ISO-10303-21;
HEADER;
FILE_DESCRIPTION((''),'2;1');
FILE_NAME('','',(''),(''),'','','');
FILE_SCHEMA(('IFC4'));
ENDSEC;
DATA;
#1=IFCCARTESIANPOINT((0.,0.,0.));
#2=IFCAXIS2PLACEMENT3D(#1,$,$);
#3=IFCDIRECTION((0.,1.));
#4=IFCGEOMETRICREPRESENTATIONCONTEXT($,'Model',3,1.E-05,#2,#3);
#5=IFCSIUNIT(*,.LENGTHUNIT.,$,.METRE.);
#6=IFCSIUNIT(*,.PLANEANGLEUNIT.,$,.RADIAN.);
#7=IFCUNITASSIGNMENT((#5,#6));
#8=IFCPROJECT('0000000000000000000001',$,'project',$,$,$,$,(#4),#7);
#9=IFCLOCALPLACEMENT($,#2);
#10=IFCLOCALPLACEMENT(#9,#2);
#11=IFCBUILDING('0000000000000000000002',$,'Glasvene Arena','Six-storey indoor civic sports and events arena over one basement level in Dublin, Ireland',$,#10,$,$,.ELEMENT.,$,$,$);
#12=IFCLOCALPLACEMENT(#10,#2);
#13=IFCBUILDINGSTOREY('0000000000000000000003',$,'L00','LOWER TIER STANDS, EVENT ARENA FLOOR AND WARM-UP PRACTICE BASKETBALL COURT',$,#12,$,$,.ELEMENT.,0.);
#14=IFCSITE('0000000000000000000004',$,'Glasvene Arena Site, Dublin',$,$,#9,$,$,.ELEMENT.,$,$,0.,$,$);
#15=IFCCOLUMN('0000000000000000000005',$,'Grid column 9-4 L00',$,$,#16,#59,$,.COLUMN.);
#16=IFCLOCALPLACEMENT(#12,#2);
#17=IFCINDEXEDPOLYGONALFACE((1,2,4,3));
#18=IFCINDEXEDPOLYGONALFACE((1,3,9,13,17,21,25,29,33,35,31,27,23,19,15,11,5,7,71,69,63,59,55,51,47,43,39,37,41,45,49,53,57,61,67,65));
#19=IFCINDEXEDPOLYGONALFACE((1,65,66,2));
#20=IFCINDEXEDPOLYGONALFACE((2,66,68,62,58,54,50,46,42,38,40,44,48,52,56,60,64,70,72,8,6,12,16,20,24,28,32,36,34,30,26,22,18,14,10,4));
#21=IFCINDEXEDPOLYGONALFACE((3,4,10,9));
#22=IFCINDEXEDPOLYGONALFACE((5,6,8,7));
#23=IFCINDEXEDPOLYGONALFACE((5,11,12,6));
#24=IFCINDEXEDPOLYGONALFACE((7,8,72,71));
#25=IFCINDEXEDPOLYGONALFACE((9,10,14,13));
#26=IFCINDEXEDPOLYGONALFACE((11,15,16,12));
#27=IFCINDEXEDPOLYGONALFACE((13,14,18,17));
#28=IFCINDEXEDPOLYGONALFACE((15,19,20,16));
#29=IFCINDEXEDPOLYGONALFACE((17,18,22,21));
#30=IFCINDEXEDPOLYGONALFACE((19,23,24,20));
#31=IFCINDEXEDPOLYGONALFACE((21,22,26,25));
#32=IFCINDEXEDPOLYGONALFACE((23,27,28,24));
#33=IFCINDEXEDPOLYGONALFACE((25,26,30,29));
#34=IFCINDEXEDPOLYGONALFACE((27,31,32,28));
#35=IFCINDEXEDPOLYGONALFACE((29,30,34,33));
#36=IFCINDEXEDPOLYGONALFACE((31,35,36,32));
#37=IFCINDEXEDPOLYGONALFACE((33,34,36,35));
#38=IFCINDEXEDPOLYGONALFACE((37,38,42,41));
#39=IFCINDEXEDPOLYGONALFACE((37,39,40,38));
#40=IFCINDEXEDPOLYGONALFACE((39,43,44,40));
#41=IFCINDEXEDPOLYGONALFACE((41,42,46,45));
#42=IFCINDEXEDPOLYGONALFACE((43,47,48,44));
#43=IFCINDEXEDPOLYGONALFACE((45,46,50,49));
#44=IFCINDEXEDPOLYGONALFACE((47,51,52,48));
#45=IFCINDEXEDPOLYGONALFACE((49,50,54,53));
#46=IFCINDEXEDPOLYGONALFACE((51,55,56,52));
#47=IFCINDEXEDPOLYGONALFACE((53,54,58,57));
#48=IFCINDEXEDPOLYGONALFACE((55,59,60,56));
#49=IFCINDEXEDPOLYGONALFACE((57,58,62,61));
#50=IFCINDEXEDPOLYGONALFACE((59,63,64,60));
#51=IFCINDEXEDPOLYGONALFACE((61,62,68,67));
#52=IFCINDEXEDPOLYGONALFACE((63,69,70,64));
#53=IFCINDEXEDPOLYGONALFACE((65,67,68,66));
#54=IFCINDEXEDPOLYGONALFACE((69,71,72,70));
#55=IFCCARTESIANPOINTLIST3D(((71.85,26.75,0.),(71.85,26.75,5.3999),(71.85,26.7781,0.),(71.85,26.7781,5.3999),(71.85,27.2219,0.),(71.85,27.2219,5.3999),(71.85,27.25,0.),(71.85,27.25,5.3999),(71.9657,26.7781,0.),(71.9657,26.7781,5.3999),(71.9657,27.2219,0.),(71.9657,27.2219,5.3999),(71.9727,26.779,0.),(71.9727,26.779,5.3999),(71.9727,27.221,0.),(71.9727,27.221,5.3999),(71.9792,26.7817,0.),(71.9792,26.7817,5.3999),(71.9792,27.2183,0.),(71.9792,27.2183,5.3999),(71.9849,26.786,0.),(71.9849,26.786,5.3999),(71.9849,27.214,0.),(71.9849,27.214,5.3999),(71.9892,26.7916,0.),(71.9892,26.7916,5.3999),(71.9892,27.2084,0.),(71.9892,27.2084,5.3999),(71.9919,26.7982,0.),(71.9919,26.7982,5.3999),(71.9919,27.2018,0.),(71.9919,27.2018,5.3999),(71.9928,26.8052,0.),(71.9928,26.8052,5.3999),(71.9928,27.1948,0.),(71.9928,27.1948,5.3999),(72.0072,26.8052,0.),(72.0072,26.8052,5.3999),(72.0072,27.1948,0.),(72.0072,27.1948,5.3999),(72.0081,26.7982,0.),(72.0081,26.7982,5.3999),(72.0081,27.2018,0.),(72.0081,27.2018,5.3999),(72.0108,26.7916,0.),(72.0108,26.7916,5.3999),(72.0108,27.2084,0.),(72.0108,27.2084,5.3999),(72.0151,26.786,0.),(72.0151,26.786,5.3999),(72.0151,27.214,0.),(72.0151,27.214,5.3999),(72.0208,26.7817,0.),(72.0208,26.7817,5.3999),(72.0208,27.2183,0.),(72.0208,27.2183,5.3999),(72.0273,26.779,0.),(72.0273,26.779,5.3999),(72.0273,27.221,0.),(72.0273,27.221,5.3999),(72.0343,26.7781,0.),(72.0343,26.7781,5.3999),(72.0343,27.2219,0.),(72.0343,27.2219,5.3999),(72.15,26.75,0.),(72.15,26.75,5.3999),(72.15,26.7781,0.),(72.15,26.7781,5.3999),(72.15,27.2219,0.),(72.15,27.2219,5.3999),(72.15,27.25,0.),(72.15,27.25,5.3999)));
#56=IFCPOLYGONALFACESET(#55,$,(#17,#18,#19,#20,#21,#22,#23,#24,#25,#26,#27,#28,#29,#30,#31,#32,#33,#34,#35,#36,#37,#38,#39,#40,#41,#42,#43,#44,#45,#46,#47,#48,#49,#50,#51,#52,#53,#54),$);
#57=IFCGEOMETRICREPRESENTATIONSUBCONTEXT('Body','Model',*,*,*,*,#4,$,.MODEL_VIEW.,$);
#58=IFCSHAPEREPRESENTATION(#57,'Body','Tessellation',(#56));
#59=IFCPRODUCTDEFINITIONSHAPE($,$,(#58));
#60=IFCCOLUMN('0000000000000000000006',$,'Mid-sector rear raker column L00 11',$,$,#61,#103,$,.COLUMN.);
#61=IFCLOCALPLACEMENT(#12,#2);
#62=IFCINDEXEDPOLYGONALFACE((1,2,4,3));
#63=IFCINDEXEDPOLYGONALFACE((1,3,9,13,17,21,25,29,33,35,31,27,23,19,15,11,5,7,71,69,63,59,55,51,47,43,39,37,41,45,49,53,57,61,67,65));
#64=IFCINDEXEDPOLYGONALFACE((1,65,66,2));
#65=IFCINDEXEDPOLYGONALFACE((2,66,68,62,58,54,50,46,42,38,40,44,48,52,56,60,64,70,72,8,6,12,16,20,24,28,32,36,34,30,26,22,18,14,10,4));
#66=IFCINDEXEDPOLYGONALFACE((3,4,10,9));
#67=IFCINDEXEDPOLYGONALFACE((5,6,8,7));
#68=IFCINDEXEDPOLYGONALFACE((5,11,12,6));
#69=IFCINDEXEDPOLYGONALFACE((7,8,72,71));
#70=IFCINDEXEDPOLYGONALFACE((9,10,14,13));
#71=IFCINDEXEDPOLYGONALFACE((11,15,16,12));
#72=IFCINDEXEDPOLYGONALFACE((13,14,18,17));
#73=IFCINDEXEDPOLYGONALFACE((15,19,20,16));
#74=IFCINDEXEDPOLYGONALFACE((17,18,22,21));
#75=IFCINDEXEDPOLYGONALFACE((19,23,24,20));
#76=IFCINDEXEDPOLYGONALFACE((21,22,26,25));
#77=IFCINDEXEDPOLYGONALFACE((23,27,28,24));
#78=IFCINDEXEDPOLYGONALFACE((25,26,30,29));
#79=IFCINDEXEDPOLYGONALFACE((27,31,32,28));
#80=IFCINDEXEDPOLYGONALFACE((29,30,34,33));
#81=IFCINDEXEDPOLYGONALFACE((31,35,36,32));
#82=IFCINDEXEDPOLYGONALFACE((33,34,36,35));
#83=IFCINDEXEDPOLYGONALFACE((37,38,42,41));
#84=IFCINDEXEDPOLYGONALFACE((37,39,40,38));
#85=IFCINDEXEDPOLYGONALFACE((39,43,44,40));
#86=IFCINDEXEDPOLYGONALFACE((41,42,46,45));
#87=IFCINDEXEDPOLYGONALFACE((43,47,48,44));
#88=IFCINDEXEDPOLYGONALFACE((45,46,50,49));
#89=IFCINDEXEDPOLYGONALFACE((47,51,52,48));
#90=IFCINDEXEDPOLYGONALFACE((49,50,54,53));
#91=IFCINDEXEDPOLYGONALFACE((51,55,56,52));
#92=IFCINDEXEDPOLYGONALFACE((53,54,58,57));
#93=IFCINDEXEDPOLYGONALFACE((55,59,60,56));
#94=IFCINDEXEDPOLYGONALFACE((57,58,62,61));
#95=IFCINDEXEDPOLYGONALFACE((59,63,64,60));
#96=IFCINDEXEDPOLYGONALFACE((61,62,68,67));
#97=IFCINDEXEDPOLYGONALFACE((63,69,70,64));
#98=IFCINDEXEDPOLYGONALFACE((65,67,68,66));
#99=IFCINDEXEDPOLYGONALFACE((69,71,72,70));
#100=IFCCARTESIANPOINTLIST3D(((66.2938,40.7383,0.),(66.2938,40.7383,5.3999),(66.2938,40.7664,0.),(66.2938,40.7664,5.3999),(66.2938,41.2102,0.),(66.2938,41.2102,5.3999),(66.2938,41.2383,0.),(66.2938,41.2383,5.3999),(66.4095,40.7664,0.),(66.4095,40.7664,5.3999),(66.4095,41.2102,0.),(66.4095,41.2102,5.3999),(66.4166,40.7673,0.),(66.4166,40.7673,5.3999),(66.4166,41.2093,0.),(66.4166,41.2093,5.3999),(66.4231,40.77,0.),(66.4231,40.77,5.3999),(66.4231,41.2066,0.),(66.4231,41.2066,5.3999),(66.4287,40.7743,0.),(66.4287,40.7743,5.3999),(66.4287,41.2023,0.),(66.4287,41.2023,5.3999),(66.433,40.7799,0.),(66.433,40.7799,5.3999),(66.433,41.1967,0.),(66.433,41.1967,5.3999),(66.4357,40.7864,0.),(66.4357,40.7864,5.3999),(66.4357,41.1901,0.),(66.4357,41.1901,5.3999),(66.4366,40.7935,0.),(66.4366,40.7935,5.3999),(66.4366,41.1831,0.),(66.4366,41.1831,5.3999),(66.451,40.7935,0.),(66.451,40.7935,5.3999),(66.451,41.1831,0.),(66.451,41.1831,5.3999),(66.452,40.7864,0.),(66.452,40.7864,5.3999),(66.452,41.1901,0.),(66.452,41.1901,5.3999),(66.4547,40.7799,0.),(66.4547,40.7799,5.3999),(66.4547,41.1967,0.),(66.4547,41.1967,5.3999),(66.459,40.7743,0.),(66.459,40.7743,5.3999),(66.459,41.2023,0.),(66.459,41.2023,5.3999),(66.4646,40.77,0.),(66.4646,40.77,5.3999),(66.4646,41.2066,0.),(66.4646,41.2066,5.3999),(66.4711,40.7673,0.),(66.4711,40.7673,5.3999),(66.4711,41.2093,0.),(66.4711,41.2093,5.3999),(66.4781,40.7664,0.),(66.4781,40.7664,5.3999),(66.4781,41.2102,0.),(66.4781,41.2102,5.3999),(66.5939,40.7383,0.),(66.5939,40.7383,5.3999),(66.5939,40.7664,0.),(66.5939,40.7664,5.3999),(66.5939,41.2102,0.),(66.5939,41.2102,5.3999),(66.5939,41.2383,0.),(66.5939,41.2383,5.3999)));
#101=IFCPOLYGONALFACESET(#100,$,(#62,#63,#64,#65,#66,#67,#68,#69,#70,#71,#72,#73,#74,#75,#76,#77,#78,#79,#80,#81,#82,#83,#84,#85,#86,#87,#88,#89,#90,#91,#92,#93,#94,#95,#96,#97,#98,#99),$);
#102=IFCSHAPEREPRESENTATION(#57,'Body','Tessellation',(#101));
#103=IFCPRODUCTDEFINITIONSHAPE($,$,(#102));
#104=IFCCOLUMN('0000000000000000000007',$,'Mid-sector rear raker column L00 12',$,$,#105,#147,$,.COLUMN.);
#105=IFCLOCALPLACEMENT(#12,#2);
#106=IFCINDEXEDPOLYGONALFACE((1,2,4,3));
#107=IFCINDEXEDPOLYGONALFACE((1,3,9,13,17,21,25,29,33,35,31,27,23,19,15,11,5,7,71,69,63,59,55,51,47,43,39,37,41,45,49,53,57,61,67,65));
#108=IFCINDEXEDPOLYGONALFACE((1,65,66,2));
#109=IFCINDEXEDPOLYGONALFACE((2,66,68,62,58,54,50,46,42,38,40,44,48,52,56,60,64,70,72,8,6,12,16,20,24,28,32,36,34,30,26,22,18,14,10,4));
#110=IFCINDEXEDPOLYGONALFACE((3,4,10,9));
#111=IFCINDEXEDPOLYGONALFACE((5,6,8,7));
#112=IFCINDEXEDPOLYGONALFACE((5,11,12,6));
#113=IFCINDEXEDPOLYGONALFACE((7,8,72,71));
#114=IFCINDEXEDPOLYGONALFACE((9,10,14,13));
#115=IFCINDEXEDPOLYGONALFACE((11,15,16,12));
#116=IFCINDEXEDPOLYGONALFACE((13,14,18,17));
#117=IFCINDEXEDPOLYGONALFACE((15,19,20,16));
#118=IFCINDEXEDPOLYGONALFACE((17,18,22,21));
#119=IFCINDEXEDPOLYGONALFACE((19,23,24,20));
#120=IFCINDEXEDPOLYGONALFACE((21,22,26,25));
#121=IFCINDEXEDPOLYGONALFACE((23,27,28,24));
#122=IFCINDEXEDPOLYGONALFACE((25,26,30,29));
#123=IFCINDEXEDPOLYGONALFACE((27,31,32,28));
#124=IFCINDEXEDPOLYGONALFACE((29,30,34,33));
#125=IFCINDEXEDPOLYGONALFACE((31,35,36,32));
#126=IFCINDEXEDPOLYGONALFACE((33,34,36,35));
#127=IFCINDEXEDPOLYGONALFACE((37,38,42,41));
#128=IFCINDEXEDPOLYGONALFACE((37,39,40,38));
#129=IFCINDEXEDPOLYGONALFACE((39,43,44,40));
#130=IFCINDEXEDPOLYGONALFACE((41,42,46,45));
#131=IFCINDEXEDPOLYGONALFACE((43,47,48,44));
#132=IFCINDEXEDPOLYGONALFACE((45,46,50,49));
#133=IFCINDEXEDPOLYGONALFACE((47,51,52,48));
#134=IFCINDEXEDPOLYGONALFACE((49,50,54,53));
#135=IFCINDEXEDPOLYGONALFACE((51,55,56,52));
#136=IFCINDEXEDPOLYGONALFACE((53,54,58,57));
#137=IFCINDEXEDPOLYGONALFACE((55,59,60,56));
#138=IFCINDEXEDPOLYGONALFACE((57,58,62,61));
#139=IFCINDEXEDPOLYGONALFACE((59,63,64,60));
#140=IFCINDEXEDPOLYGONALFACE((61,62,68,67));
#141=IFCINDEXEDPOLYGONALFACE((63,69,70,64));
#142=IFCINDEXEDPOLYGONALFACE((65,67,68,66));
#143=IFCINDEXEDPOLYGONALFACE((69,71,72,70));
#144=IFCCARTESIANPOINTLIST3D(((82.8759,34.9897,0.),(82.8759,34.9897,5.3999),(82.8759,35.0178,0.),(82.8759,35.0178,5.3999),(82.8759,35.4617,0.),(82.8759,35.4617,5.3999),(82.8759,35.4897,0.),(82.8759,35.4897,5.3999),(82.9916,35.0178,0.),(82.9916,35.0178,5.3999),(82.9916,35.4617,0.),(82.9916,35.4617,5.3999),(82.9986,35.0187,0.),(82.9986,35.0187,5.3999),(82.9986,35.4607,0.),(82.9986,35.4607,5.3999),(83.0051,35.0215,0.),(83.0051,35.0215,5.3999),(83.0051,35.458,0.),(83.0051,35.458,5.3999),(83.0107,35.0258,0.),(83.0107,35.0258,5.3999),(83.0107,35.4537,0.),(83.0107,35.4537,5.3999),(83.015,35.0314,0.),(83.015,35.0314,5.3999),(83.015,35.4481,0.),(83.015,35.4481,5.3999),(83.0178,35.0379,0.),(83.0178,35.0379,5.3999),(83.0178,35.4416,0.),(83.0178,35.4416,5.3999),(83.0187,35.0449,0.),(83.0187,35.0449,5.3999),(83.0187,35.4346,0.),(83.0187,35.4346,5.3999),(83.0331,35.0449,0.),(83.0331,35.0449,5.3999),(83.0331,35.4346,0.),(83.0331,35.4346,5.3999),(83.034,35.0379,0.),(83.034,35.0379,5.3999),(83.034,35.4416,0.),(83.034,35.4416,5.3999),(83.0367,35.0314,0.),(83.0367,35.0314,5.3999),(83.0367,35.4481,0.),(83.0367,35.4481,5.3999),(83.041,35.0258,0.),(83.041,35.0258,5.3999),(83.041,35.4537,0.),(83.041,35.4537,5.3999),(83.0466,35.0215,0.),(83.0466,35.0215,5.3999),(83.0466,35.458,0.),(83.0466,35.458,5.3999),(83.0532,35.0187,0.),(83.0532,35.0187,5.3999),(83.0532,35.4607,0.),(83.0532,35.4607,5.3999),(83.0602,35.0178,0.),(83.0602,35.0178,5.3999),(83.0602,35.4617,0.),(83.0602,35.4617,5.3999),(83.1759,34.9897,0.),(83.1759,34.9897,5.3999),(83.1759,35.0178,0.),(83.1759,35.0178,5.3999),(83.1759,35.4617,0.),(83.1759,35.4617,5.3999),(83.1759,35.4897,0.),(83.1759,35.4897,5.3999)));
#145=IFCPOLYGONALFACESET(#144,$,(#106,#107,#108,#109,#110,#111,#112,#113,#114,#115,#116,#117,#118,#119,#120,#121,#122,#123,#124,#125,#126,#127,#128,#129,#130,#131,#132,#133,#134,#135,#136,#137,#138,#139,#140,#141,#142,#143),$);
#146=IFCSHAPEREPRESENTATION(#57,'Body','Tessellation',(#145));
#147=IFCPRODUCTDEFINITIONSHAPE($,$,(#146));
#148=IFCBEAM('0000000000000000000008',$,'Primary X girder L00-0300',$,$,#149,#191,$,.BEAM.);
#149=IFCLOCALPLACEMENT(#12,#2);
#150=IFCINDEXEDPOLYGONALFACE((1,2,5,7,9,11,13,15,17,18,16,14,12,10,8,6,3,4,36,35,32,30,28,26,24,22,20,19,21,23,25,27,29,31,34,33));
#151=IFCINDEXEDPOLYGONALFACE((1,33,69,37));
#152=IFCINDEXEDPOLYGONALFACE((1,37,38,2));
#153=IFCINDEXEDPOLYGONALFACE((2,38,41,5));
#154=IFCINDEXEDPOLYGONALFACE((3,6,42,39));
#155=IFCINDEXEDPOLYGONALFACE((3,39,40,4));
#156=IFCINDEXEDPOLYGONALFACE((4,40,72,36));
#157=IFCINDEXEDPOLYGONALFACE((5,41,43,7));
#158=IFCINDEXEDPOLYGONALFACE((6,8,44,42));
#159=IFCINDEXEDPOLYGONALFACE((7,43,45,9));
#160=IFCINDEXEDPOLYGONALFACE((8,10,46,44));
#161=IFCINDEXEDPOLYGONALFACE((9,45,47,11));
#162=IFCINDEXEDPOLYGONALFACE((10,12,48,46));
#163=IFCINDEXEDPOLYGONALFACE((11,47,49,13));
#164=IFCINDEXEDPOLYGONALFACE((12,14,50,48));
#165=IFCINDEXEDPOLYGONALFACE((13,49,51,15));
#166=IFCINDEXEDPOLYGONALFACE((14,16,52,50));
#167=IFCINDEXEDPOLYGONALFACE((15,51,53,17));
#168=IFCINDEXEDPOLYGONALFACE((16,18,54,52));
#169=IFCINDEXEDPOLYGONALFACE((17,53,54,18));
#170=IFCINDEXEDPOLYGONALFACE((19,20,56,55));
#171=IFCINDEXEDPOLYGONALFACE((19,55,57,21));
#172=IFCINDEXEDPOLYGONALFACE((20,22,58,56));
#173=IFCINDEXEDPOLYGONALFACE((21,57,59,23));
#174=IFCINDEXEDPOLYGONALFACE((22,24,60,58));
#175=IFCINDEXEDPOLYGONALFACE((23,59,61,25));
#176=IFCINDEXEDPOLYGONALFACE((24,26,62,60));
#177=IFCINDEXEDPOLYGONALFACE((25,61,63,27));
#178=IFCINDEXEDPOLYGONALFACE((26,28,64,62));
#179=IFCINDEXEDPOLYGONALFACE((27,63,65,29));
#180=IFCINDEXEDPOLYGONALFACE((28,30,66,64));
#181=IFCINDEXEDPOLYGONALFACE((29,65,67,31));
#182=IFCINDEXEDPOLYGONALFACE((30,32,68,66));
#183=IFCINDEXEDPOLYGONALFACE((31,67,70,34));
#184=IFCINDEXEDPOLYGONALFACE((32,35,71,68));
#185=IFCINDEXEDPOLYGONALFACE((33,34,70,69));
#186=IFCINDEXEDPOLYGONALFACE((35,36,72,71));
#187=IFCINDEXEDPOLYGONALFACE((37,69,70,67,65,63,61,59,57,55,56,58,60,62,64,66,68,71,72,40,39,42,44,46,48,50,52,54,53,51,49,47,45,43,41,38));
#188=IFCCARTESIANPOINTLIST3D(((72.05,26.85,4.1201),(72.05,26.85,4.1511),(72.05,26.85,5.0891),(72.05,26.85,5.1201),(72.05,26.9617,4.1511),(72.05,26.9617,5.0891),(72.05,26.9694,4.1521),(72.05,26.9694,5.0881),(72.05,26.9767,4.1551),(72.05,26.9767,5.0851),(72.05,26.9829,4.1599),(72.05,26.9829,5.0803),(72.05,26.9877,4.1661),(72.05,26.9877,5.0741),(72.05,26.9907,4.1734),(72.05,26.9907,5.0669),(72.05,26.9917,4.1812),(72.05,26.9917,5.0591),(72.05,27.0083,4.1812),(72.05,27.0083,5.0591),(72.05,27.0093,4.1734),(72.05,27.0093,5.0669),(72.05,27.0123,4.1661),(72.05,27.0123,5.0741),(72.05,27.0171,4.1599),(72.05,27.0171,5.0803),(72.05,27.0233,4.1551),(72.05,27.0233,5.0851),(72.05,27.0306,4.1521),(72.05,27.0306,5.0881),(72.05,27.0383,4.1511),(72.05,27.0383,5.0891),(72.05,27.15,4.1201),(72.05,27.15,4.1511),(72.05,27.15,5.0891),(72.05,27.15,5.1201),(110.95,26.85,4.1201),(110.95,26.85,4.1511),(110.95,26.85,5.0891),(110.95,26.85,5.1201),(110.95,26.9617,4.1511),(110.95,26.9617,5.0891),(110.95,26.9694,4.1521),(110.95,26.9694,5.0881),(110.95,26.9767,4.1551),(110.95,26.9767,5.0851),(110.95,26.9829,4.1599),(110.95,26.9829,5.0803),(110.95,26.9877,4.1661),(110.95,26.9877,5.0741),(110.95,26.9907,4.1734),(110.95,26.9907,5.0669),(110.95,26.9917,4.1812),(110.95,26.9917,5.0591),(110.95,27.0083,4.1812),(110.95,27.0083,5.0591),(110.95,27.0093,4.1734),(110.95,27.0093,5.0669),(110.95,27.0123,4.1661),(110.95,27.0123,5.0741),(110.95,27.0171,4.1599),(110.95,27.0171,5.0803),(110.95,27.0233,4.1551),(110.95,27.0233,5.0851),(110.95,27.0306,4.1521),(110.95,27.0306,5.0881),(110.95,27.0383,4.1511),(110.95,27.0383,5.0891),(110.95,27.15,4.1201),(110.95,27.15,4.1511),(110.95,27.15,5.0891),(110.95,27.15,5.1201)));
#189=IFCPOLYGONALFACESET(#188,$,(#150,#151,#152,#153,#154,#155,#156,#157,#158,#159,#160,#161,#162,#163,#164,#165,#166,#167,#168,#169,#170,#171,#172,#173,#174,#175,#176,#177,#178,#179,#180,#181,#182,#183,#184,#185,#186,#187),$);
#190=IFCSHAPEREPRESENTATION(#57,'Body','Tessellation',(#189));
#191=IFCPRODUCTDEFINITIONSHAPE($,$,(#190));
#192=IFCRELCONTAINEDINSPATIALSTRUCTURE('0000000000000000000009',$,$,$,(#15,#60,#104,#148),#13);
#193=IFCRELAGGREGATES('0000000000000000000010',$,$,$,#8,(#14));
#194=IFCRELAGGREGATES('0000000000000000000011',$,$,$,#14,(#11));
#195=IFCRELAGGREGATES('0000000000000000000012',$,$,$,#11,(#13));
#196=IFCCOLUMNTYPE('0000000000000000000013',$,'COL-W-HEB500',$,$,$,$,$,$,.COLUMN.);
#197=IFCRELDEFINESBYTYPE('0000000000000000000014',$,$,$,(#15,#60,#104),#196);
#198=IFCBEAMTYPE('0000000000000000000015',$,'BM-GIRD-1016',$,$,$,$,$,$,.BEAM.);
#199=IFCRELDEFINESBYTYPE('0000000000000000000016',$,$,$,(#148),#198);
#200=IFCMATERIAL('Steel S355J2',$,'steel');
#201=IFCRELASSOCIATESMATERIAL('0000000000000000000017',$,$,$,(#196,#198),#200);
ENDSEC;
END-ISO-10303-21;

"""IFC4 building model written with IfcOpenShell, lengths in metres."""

from ifc_helpers import new_model, si_unit, direction, frame, origin, origin_2d, place, context, subcontext, project, spatial, i_section, extrude, material, material_profile, profile_set, type_object, element, save


model = new_model("IFC4")

# Units and contexts
model_context = context("Model", 3, precision=1e-05, world=origin(), true_north=direction((0.0, 1.0)))
body_context = subcontext(model_context, "Body", "Model", "MODEL_VIEW")
ifc_project = project(units=[si_unit("LENGTHUNIT", "METRE"), si_unit("PLANEANGLEUNIT", "RADIAN")], contexts=[model_context])

# Site, building, storey
site_placement = place(None, origin())
site = spatial("IfcSite", under=ifc_project, at=site_placement, Name="Glasvene Arena Site, Dublin", CompositionType="ELEMENT", RefElevation=0.0)
building_placement = place(site_placement, origin())
building = spatial("IfcBuilding", under=site, at=building_placement, Name="Glasvene Arena", Description="Six-storey indoor civic sports and events arena over one basement level in Dublin, Ireland", CompositionType="ELEMENT")
storey_placement = place(building_placement, origin())
storey = spatial("IfcBuildingStorey", under=building, at=storey_placement, Name="L00", Description="LOWER TIER STANDS, EVENT ARENA FLOOR AND WARM-UP PRACTICE BASKETBALL COURT", CompositionType="ELEMENT", Elevation=0.0)

# Columns
ifc_material_1 = material(Name="Steel S355J2", Category="steel")
ifc_material_profile_1 = material_profile(ifc_material_1, i_section(OverallWidth=0.3, OverallDepth=0.5, WebThickness=0.0144, FlangeThickness=0.0281, FilletRadius=0.0271, at=origin_2d()), Name="HEB 500")
ifc_profile_set_1 = profile_set([ifc_material_profile_1], Name="Steel S355J2")
column_type_1 = type_object("IfcColumnType", Name="COL-W-HEB500", PredefinedType="COLUMN", material=ifc_profile_set_1)
for number, where, z_axis, x_axis, name in (
    (1, (72.0, 27.0, 0.0), (0.0, 0.0, 1.0), (1.0, 0.0, 0.0), "Grid column 9-4 L00"),
    (2, (66.4438, 40.9883, 0.0), (0.0, 0.0, 1.0), (1.0, 0.0, 0.0), "Mid-sector rear raker column L00 11"),
    (3, (83.0259, 35.2397, 0.0), (0.0, 0.0, 1.0), (1.0, 0.0, 0.0), "Mid-sector rear raker column L00 12"),
):
    element("IfcColumn", number, at=place(storey_placement, frame(where, z_axis=z_axis, x_axis=x_axis)), inside=storey, type_object=column_type_1, Name=name, PredefinedType="COLUMN", context=body_context, shape_type="SweptSolid", body=[
        extrude(i_section(OverallWidth=0.3, OverallDepth=0.5, WebThickness=0.0144, FlangeThickness=0.0281, FilletRadius=0.0271, at=origin_2d()), origin(), (0.0, 0.0, 1.0), 5.3999),
    ])

# Beam
ifc_material_profile_2 = material_profile(ifc_material_1, i_section(OverallWidth=0.3, OverallDepth=1.0, WebThickness=0.0166, FlangeThickness=0.031, FilletRadius=0.03, at=origin_2d()), Name="UKB 1016x305x272")
ifc_profile_set_2 = profile_set([ifc_material_profile_2], Name="Steel S355J2")
beam_type_1 = type_object("IfcBeamType", Name="BM-GIRD-1016", PredefinedType="BEAM", material=ifc_profile_set_2)
beam_1_placement = place(storey_placement, frame((72.05, 27.0, 4.6201), z_axis=(1.0, 0.0, 0.0), x_axis=(0.0, 1.0, 0.0)))
element("IfcBeam", 4, at=beam_1_placement, inside=storey, type_object=beam_type_1, Name="Primary X girder L00-0300", PredefinedType="BEAM", context=body_context, shape_type="SweptSolid", body=[
    extrude(i_section(OverallWidth=0.3, OverallDepth=1.0, WebThickness=0.0166, FlangeThickness=0.031, FilletRadius=0.03, at=origin_2d()), origin(), (0.0, 0.0, 1.0), 38.8999),
])

save(model, "model.ifc")
